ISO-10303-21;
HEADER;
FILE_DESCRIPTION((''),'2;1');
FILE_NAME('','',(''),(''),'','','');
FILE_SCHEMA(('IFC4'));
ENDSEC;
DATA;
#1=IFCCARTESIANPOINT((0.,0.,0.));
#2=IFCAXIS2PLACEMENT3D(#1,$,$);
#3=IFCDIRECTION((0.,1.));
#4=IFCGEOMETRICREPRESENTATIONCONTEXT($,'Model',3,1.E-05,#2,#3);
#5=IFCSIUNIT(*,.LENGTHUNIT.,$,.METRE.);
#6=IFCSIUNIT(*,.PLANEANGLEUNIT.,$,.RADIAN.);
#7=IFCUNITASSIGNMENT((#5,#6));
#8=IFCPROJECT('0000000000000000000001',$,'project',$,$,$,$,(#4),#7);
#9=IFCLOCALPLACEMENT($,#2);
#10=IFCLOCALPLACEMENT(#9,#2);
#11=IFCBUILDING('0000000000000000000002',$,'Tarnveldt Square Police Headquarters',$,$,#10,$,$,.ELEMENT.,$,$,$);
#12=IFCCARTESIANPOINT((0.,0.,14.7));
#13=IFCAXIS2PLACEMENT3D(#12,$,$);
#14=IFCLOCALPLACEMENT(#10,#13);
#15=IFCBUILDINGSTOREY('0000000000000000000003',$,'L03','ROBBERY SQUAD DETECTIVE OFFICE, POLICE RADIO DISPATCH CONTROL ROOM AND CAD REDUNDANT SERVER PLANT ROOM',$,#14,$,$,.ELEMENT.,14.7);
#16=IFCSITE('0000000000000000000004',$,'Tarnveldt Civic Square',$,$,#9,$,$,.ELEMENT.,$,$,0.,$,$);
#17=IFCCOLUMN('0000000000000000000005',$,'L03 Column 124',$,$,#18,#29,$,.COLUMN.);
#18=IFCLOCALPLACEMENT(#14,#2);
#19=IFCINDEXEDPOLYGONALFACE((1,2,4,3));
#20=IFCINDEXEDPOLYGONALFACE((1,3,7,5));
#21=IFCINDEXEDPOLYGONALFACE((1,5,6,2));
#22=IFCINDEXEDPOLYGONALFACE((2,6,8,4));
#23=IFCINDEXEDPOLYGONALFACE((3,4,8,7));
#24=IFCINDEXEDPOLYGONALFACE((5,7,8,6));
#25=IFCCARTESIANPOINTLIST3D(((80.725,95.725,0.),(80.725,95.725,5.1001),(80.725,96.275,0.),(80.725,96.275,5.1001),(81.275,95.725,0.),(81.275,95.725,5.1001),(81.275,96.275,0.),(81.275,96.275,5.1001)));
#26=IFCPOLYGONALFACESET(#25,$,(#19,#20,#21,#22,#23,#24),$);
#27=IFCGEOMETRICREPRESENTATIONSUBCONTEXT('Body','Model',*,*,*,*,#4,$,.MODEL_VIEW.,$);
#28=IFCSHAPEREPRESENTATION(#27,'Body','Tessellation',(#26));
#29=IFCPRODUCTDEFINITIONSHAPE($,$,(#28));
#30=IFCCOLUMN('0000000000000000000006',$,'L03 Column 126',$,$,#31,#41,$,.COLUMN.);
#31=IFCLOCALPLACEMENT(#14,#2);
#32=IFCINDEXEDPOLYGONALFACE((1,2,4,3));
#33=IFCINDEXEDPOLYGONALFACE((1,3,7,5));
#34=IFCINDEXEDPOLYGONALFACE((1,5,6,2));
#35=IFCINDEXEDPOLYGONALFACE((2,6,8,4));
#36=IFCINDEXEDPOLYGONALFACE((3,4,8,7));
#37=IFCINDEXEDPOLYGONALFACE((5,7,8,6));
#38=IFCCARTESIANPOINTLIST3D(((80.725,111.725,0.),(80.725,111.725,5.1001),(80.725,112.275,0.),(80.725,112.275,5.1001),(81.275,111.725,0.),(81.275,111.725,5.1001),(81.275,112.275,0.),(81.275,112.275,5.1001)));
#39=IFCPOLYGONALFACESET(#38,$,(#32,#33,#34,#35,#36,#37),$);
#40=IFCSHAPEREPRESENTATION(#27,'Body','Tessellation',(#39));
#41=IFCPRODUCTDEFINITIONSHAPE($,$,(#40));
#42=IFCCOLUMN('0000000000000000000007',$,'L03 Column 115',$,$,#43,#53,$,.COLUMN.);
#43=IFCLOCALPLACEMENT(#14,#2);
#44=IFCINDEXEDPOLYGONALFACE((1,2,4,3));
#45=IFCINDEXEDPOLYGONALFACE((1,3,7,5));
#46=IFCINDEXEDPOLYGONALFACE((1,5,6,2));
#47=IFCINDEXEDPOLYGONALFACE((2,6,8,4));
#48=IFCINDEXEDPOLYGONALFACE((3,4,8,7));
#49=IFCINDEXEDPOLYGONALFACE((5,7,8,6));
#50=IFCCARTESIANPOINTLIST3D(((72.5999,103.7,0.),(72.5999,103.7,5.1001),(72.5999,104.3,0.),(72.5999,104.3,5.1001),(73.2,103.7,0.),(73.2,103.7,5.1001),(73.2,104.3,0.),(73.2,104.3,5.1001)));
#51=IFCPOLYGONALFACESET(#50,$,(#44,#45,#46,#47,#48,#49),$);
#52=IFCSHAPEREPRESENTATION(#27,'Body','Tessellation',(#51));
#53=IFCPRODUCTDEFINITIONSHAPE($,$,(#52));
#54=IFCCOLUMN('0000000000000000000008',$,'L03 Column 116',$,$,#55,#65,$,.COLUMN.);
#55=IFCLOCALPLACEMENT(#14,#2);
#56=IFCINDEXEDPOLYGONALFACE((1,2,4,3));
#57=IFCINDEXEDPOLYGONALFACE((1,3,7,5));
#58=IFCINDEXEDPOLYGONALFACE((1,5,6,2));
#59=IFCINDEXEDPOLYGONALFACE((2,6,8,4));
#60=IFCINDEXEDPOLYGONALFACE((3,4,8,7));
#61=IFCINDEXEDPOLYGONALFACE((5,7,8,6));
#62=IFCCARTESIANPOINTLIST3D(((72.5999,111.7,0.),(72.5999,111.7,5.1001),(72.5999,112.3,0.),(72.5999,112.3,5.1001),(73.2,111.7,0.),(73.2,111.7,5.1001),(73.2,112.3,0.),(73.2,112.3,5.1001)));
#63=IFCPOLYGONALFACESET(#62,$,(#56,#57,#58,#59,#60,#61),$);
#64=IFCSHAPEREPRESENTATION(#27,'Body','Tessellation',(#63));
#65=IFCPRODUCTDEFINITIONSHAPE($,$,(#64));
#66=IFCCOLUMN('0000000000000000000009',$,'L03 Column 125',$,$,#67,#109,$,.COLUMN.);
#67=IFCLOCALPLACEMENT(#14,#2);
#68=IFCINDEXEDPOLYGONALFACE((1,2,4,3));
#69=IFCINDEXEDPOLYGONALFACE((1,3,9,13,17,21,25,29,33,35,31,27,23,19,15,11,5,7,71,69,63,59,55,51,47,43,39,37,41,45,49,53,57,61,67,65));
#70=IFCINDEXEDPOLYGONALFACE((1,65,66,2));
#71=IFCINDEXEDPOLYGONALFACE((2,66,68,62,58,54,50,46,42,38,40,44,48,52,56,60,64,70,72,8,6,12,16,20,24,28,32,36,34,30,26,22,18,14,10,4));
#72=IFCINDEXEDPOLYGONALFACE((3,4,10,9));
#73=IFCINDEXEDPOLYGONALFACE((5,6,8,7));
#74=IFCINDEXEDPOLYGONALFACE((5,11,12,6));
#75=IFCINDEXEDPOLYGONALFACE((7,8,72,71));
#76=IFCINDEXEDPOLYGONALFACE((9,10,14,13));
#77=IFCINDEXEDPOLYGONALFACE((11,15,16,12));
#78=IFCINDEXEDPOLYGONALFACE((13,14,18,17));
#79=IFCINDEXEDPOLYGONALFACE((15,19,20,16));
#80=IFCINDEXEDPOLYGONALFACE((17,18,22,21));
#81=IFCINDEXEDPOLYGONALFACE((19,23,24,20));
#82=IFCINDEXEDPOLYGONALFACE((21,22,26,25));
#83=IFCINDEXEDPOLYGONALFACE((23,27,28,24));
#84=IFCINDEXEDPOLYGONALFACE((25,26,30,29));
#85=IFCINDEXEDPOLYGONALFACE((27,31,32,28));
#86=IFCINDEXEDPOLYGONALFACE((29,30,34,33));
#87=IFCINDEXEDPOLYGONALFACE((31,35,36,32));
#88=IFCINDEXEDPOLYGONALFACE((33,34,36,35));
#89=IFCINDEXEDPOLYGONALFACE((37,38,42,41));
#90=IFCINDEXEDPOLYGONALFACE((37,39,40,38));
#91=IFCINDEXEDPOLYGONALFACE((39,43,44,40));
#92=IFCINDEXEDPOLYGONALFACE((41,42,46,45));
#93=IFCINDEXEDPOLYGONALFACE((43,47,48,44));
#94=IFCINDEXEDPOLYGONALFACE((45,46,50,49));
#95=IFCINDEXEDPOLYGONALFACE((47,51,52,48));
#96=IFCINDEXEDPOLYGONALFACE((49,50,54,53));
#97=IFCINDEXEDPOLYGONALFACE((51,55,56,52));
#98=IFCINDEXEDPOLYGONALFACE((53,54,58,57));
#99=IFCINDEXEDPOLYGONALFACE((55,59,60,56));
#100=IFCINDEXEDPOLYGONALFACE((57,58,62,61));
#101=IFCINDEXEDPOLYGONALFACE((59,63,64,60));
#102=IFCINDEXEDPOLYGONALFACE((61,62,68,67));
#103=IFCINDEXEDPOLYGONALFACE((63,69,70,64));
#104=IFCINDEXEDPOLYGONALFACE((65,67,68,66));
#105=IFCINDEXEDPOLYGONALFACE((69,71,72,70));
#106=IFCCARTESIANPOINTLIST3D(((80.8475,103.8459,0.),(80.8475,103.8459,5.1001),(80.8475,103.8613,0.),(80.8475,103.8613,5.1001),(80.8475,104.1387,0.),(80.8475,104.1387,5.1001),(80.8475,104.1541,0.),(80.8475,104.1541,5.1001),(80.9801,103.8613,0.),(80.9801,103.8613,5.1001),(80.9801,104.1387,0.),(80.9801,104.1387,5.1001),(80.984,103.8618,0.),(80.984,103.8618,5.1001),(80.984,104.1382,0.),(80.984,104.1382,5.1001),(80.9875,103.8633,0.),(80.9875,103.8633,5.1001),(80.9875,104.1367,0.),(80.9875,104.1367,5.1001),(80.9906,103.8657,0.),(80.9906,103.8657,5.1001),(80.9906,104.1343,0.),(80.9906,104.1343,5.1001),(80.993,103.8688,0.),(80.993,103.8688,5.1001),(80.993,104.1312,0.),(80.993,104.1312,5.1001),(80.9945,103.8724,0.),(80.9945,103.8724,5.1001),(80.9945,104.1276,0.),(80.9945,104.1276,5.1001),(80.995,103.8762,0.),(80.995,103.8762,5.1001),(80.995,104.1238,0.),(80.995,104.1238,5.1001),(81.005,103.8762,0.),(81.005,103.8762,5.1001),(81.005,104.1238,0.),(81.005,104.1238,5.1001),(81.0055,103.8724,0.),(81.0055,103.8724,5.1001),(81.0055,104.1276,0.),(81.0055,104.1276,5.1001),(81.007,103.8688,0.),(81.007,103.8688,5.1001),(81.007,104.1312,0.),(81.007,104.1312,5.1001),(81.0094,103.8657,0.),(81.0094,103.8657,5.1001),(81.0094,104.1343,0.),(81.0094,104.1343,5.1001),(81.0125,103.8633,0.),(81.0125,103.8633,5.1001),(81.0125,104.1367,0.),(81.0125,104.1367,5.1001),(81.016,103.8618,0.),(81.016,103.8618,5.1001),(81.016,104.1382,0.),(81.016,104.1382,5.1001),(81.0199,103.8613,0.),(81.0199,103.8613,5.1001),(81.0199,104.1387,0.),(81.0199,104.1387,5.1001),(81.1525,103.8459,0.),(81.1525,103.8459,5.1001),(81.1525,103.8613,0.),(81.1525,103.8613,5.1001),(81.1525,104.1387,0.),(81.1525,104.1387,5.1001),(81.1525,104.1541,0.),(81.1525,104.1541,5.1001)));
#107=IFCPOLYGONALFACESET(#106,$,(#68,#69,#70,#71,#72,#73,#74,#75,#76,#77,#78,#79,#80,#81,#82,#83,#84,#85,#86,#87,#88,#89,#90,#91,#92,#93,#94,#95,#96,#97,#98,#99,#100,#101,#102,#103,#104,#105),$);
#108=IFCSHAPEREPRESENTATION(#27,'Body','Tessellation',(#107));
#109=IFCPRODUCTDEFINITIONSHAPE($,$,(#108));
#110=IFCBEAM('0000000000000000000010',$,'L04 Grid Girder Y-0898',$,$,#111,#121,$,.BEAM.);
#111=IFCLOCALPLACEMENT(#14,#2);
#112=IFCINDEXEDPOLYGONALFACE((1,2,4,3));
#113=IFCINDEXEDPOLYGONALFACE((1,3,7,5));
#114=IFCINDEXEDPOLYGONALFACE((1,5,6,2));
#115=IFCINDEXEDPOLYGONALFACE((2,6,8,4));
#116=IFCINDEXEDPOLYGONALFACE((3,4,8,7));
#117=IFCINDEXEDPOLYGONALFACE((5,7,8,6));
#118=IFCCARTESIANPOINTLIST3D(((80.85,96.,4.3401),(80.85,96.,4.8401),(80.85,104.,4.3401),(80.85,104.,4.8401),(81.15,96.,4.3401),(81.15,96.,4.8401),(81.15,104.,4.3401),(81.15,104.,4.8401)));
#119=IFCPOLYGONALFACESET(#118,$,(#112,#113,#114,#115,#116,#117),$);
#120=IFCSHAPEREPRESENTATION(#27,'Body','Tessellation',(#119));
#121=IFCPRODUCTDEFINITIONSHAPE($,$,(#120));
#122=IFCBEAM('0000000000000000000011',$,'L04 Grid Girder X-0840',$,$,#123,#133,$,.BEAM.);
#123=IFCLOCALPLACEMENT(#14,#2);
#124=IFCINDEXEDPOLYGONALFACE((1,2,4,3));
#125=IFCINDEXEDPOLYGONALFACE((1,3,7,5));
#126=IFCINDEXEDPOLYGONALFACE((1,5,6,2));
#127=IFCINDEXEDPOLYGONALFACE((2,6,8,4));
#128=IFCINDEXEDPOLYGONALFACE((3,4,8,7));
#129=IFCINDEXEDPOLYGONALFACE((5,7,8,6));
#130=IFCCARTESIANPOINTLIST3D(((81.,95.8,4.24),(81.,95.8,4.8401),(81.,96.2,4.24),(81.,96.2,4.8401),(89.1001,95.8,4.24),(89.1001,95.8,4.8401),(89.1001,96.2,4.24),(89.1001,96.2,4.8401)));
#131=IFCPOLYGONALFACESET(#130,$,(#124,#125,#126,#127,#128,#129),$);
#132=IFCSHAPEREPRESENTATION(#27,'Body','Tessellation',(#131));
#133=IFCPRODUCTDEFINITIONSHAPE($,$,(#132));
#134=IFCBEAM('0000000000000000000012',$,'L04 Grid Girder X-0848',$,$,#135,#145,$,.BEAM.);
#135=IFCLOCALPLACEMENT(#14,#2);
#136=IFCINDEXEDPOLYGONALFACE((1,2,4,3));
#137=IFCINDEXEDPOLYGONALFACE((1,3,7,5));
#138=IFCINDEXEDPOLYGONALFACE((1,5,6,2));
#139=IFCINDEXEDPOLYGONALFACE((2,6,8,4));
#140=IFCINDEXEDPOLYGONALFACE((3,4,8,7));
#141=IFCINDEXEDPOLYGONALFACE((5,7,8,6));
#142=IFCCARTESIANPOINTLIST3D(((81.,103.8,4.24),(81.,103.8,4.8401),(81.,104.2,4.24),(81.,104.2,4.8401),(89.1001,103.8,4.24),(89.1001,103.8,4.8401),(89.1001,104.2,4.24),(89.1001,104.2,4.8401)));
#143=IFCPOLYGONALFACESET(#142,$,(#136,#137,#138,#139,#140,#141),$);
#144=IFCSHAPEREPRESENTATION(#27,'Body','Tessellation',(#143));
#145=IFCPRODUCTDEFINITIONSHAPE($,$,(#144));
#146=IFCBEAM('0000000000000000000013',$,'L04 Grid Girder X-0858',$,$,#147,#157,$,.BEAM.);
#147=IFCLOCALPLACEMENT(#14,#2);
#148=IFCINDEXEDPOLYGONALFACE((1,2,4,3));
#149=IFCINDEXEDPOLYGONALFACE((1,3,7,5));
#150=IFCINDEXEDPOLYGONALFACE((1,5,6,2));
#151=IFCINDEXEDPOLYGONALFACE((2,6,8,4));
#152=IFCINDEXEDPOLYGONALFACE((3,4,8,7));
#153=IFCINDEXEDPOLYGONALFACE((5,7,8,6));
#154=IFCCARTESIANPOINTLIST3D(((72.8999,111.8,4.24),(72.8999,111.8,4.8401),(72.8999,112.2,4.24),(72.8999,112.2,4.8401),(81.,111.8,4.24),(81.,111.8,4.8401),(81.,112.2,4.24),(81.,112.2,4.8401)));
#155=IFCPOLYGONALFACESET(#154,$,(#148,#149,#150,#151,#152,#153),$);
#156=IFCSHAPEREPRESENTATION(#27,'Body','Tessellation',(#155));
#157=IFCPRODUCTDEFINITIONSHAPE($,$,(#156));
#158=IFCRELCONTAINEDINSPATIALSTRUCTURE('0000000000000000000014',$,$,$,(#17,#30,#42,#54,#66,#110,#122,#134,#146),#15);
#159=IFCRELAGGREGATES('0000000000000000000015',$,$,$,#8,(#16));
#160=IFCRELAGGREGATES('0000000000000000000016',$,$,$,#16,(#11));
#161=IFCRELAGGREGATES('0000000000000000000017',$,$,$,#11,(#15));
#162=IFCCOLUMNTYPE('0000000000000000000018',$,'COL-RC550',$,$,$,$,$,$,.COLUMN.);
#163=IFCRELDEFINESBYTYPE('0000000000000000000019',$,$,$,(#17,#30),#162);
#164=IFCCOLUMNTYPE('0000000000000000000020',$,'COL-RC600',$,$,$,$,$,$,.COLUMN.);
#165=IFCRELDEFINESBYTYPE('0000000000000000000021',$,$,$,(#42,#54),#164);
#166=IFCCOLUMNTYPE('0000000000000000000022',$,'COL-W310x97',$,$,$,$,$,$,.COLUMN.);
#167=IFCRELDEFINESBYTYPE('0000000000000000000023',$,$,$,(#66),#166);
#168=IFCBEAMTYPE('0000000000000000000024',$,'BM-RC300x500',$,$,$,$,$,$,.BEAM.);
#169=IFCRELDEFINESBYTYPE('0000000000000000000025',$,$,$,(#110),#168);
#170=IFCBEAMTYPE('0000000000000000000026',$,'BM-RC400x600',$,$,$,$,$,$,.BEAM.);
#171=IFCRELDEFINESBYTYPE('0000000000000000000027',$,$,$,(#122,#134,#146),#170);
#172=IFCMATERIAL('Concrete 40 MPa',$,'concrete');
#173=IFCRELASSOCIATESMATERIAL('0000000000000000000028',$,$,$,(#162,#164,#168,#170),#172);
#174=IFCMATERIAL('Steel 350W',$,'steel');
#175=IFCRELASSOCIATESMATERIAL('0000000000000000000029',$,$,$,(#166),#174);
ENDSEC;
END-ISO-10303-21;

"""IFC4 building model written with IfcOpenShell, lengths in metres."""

from ifc_helpers import new_model, si_unit, direction, frame, origin, origin_2d, place, context, subcontext, project, spatial, rectangle, i_section, extrude, material, material_profile, profile_set, type_object, element, save


model = new_model("IFC4")

# Units and contexts
model_context = context("Model", 3, precision=1e-05, world=origin(), true_north=direction((0.0, 1.0)))
body_context = subcontext(model_context, "Body", "Model", "MODEL_VIEW")
ifc_project = project(units=[si_unit("LENGTHUNIT", "METRE"), si_unit("PLANEANGLEUNIT", "RADIAN")], contexts=[model_context])

# Site, building, storey
site_placement = place(None, origin())
site = spatial("IfcSite", under=ifc_project, at=site_placement, Name="Tarnveldt Civic Square", CompositionType="ELEMENT", RefElevation=0.0)
building_placement = place(site_placement, origin())
building = spatial("IfcBuilding", under=site, at=building_placement, Name="Tarnveldt Square Police Headquarters", CompositionType="ELEMENT")
storey_placement = place(building_placement, frame((0.0, 0.0, 14.7)))
storey = spatial("IfcBuildingStorey", under=building, at=storey_placement, Name="L03", Description="ROBBERY SQUAD DETECTIVE OFFICE, POLICE RADIO DISPATCH CONTROL ROOM AND CAD REDUNDANT SERVER PLANT ROOM", CompositionType="ELEMENT", Elevation=14.7)

# Columns
ifc_material_1 = material(Name="Concrete 40 MPa", Category="concrete")
ifc_material_profile_1 = material_profile(ifc_material_1, rectangle(XDim=0.55, YDim=0.55, at=origin_2d()), Name="RC-C550x550")
ifc_profile_set_1 = profile_set([ifc_material_profile_1], Name="Concrete 40 MPa")
column_type_1 = type_object("IfcColumnType", Name="COL-RC550", PredefinedType="COLUMN", material=ifc_profile_set_1)
for number, where, z_axis, x_axis, name in (
    (1, (81.0, 96.0, 0.0), (0.0, 0.0, 1.0), (1.0, 0.0, 0.0), "L03 Column 124"),
    (2, (81.0, 112.0, 0.0), (0.0, 0.0, 1.0), (1.0, 0.0, 0.0), "L03 Column 126"),
):
    element("IfcColumn", number, at=place(storey_placement, frame(where, z_axis=z_axis, x_axis=x_axis)), inside=storey, type_object=column_type_1, Name=name, PredefinedType="COLUMN", context=body_context, shape_type="SweptSolid", body=[
        extrude(rectangle(XDim=0.55, YDim=0.55, at=origin_2d()), origin(), (0.0, 0.0, 1.0), 5.1001),
    ])
ifc_material_profile_2 = material_profile(ifc_material_1, rectangle(XDim=0.6001, YDim=0.6001, at=origin_2d()), Name="RC-C600x600")
ifc_profile_set_2 = profile_set([ifc_material_profile_2], Name="Concrete 40 MPa")
column_type_2 = type_object("IfcColumnType", Name="COL-RC600", PredefinedType="COLUMN", material=ifc_profile_set_2)
for number, where, z_axis, x_axis, name in (
    (3, (72.8999, 104.0, 0.0), (0.0, 0.0, 1.0), (1.0, 0.0, 0.0), "L03 Column 115"),
    (4, (72.8999, 112.0, 0.0), (0.0, 0.0, 1.0), (1.0, 0.0, 0.0), "L03 Column 116"),
):
    element("IfcColumn", number, at=place(storey_placement, frame(where, z_axis=z_axis, x_axis=x_axis)), inside=storey, type_object=column_type_2, Name=name, PredefinedType="COLUMN", context=body_context, shape_type="SweptSolid", body=[
        extrude(rectangle(XDim=0.6001, YDim=0.6001, at=origin_2d()), origin(), (0.0, 0.0, 1.0), 5.1001),
    ])
ifc_material_2 = material(Name="Steel 350W", Category="steel")
ifc_material_profile_3 = material_profile(ifc_material_2, i_section(OverallWidth=0.3049, OverallDepth=0.3081, WebThickness=0.01, FlangeThickness=0.0154, FilletRadius=0.0149, at=origin_2d()), Name="W310x97")
ifc_profile_set_3 = profile_set([ifc_material_profile_3], Name="Steel 350W")
column_type_3 = type_object("IfcColumnType", Name="COL-W310x97", PredefinedType="COLUMN", material=ifc_profile_set_3)
column_placement = place(storey_placement, frame((81.0, 104.0, 0.0), z_axis=(0.0, 0.0, 1.0), x_axis=(1.0, 0.0, 0.0)))
element("IfcColumn", 5, at=column_placement, inside=storey, type_object=column_type_3, Name="L03 Column 125", PredefinedType="COLUMN", context=body_context, shape_type="SweptSolid", body=[
    extrude(i_section(OverallWidth=0.3049, OverallDepth=0.3081, WebThickness=0.01, FlangeThickness=0.0154, FilletRadius=0.0149, at=origin_2d()), origin(), (0.0, 0.0, 1.0), 5.1001),
])

# Beams
ifc_material_profile_4 = material_profile(ifc_material_1, rectangle(XDim=0.3, YDim=0.5, at=origin_2d()), Name="RC-B300x500")
ifc_profile_set_4 = profile_set([ifc_material_profile_4], Name="Concrete 40 MPa")
beam_type_1 = type_object("IfcBeamType", Name="BM-RC300x500", PredefinedType="BEAM", material=ifc_profile_set_4)
beam_1_placement = place(storey_placement, frame((81.0, 96.0, 4.5901), z_axis=(0.0, 1.0, 0.0), x_axis=(-1.0, 0.0, 0.0)))
element("IfcBeam", 6, at=beam_1_placement, inside=storey, type_object=beam_type_1, Name="L04 Grid Girder Y-0898", PredefinedType="BEAM", context=body_context, shape_type="SweptSolid", body=[
    extrude(rectangle(XDim=0.3, YDim=0.5, at=origin_2d()), origin(), (0.0, 0.0, 1.0), 8.0),
])
ifc_material_profile_5 = material_profile(ifc_material_1, rectangle(XDim=0.3999, YDim=0.6001, at=origin_2d()), Name="RC-B400x600")
ifc_profile_set_5 = profile_set([ifc_material_profile_5], Name="Concrete 40 MPa")
beam_type_2 = type_object("IfcBeamType", Name="BM-RC400x600", PredefinedType="BEAM", material=ifc_profile_set_5)
for number, where, z_axis, x_axis, name in (
    (7, (81.0, 96.0, 4.54), (1.0, 0.0, 0.0), (0.0, 1.0, 0.0), "L04 Grid Girder X-0840"),
    (8, (81.0, 104.0, 4.54), (1.0, 0.0, 0.0), (0.0, 1.0, 0.0), "L04 Grid Girder X-0848"),
    (9, (72.8999, 112.0, 4.54), (1.0, 0.0, 0.0), (0.0, 1.0, 0.0), "L04 Grid Girder X-0858"),
):
    element("IfcBeam", number, at=place(storey_placement, frame(where, z_axis=z_axis, x_axis=x_axis)), inside=storey, type_object=beam_type_2, Name=name, PredefinedType="BEAM", context=body_context, shape_type="SweptSolid", body=[
        extrude(rectangle(XDim=0.3999, YDim=0.6001, at=origin_2d()), origin(), (0.0, 0.0, 1.0), 8.1001),
    ])

save(model, "model.ifc")
